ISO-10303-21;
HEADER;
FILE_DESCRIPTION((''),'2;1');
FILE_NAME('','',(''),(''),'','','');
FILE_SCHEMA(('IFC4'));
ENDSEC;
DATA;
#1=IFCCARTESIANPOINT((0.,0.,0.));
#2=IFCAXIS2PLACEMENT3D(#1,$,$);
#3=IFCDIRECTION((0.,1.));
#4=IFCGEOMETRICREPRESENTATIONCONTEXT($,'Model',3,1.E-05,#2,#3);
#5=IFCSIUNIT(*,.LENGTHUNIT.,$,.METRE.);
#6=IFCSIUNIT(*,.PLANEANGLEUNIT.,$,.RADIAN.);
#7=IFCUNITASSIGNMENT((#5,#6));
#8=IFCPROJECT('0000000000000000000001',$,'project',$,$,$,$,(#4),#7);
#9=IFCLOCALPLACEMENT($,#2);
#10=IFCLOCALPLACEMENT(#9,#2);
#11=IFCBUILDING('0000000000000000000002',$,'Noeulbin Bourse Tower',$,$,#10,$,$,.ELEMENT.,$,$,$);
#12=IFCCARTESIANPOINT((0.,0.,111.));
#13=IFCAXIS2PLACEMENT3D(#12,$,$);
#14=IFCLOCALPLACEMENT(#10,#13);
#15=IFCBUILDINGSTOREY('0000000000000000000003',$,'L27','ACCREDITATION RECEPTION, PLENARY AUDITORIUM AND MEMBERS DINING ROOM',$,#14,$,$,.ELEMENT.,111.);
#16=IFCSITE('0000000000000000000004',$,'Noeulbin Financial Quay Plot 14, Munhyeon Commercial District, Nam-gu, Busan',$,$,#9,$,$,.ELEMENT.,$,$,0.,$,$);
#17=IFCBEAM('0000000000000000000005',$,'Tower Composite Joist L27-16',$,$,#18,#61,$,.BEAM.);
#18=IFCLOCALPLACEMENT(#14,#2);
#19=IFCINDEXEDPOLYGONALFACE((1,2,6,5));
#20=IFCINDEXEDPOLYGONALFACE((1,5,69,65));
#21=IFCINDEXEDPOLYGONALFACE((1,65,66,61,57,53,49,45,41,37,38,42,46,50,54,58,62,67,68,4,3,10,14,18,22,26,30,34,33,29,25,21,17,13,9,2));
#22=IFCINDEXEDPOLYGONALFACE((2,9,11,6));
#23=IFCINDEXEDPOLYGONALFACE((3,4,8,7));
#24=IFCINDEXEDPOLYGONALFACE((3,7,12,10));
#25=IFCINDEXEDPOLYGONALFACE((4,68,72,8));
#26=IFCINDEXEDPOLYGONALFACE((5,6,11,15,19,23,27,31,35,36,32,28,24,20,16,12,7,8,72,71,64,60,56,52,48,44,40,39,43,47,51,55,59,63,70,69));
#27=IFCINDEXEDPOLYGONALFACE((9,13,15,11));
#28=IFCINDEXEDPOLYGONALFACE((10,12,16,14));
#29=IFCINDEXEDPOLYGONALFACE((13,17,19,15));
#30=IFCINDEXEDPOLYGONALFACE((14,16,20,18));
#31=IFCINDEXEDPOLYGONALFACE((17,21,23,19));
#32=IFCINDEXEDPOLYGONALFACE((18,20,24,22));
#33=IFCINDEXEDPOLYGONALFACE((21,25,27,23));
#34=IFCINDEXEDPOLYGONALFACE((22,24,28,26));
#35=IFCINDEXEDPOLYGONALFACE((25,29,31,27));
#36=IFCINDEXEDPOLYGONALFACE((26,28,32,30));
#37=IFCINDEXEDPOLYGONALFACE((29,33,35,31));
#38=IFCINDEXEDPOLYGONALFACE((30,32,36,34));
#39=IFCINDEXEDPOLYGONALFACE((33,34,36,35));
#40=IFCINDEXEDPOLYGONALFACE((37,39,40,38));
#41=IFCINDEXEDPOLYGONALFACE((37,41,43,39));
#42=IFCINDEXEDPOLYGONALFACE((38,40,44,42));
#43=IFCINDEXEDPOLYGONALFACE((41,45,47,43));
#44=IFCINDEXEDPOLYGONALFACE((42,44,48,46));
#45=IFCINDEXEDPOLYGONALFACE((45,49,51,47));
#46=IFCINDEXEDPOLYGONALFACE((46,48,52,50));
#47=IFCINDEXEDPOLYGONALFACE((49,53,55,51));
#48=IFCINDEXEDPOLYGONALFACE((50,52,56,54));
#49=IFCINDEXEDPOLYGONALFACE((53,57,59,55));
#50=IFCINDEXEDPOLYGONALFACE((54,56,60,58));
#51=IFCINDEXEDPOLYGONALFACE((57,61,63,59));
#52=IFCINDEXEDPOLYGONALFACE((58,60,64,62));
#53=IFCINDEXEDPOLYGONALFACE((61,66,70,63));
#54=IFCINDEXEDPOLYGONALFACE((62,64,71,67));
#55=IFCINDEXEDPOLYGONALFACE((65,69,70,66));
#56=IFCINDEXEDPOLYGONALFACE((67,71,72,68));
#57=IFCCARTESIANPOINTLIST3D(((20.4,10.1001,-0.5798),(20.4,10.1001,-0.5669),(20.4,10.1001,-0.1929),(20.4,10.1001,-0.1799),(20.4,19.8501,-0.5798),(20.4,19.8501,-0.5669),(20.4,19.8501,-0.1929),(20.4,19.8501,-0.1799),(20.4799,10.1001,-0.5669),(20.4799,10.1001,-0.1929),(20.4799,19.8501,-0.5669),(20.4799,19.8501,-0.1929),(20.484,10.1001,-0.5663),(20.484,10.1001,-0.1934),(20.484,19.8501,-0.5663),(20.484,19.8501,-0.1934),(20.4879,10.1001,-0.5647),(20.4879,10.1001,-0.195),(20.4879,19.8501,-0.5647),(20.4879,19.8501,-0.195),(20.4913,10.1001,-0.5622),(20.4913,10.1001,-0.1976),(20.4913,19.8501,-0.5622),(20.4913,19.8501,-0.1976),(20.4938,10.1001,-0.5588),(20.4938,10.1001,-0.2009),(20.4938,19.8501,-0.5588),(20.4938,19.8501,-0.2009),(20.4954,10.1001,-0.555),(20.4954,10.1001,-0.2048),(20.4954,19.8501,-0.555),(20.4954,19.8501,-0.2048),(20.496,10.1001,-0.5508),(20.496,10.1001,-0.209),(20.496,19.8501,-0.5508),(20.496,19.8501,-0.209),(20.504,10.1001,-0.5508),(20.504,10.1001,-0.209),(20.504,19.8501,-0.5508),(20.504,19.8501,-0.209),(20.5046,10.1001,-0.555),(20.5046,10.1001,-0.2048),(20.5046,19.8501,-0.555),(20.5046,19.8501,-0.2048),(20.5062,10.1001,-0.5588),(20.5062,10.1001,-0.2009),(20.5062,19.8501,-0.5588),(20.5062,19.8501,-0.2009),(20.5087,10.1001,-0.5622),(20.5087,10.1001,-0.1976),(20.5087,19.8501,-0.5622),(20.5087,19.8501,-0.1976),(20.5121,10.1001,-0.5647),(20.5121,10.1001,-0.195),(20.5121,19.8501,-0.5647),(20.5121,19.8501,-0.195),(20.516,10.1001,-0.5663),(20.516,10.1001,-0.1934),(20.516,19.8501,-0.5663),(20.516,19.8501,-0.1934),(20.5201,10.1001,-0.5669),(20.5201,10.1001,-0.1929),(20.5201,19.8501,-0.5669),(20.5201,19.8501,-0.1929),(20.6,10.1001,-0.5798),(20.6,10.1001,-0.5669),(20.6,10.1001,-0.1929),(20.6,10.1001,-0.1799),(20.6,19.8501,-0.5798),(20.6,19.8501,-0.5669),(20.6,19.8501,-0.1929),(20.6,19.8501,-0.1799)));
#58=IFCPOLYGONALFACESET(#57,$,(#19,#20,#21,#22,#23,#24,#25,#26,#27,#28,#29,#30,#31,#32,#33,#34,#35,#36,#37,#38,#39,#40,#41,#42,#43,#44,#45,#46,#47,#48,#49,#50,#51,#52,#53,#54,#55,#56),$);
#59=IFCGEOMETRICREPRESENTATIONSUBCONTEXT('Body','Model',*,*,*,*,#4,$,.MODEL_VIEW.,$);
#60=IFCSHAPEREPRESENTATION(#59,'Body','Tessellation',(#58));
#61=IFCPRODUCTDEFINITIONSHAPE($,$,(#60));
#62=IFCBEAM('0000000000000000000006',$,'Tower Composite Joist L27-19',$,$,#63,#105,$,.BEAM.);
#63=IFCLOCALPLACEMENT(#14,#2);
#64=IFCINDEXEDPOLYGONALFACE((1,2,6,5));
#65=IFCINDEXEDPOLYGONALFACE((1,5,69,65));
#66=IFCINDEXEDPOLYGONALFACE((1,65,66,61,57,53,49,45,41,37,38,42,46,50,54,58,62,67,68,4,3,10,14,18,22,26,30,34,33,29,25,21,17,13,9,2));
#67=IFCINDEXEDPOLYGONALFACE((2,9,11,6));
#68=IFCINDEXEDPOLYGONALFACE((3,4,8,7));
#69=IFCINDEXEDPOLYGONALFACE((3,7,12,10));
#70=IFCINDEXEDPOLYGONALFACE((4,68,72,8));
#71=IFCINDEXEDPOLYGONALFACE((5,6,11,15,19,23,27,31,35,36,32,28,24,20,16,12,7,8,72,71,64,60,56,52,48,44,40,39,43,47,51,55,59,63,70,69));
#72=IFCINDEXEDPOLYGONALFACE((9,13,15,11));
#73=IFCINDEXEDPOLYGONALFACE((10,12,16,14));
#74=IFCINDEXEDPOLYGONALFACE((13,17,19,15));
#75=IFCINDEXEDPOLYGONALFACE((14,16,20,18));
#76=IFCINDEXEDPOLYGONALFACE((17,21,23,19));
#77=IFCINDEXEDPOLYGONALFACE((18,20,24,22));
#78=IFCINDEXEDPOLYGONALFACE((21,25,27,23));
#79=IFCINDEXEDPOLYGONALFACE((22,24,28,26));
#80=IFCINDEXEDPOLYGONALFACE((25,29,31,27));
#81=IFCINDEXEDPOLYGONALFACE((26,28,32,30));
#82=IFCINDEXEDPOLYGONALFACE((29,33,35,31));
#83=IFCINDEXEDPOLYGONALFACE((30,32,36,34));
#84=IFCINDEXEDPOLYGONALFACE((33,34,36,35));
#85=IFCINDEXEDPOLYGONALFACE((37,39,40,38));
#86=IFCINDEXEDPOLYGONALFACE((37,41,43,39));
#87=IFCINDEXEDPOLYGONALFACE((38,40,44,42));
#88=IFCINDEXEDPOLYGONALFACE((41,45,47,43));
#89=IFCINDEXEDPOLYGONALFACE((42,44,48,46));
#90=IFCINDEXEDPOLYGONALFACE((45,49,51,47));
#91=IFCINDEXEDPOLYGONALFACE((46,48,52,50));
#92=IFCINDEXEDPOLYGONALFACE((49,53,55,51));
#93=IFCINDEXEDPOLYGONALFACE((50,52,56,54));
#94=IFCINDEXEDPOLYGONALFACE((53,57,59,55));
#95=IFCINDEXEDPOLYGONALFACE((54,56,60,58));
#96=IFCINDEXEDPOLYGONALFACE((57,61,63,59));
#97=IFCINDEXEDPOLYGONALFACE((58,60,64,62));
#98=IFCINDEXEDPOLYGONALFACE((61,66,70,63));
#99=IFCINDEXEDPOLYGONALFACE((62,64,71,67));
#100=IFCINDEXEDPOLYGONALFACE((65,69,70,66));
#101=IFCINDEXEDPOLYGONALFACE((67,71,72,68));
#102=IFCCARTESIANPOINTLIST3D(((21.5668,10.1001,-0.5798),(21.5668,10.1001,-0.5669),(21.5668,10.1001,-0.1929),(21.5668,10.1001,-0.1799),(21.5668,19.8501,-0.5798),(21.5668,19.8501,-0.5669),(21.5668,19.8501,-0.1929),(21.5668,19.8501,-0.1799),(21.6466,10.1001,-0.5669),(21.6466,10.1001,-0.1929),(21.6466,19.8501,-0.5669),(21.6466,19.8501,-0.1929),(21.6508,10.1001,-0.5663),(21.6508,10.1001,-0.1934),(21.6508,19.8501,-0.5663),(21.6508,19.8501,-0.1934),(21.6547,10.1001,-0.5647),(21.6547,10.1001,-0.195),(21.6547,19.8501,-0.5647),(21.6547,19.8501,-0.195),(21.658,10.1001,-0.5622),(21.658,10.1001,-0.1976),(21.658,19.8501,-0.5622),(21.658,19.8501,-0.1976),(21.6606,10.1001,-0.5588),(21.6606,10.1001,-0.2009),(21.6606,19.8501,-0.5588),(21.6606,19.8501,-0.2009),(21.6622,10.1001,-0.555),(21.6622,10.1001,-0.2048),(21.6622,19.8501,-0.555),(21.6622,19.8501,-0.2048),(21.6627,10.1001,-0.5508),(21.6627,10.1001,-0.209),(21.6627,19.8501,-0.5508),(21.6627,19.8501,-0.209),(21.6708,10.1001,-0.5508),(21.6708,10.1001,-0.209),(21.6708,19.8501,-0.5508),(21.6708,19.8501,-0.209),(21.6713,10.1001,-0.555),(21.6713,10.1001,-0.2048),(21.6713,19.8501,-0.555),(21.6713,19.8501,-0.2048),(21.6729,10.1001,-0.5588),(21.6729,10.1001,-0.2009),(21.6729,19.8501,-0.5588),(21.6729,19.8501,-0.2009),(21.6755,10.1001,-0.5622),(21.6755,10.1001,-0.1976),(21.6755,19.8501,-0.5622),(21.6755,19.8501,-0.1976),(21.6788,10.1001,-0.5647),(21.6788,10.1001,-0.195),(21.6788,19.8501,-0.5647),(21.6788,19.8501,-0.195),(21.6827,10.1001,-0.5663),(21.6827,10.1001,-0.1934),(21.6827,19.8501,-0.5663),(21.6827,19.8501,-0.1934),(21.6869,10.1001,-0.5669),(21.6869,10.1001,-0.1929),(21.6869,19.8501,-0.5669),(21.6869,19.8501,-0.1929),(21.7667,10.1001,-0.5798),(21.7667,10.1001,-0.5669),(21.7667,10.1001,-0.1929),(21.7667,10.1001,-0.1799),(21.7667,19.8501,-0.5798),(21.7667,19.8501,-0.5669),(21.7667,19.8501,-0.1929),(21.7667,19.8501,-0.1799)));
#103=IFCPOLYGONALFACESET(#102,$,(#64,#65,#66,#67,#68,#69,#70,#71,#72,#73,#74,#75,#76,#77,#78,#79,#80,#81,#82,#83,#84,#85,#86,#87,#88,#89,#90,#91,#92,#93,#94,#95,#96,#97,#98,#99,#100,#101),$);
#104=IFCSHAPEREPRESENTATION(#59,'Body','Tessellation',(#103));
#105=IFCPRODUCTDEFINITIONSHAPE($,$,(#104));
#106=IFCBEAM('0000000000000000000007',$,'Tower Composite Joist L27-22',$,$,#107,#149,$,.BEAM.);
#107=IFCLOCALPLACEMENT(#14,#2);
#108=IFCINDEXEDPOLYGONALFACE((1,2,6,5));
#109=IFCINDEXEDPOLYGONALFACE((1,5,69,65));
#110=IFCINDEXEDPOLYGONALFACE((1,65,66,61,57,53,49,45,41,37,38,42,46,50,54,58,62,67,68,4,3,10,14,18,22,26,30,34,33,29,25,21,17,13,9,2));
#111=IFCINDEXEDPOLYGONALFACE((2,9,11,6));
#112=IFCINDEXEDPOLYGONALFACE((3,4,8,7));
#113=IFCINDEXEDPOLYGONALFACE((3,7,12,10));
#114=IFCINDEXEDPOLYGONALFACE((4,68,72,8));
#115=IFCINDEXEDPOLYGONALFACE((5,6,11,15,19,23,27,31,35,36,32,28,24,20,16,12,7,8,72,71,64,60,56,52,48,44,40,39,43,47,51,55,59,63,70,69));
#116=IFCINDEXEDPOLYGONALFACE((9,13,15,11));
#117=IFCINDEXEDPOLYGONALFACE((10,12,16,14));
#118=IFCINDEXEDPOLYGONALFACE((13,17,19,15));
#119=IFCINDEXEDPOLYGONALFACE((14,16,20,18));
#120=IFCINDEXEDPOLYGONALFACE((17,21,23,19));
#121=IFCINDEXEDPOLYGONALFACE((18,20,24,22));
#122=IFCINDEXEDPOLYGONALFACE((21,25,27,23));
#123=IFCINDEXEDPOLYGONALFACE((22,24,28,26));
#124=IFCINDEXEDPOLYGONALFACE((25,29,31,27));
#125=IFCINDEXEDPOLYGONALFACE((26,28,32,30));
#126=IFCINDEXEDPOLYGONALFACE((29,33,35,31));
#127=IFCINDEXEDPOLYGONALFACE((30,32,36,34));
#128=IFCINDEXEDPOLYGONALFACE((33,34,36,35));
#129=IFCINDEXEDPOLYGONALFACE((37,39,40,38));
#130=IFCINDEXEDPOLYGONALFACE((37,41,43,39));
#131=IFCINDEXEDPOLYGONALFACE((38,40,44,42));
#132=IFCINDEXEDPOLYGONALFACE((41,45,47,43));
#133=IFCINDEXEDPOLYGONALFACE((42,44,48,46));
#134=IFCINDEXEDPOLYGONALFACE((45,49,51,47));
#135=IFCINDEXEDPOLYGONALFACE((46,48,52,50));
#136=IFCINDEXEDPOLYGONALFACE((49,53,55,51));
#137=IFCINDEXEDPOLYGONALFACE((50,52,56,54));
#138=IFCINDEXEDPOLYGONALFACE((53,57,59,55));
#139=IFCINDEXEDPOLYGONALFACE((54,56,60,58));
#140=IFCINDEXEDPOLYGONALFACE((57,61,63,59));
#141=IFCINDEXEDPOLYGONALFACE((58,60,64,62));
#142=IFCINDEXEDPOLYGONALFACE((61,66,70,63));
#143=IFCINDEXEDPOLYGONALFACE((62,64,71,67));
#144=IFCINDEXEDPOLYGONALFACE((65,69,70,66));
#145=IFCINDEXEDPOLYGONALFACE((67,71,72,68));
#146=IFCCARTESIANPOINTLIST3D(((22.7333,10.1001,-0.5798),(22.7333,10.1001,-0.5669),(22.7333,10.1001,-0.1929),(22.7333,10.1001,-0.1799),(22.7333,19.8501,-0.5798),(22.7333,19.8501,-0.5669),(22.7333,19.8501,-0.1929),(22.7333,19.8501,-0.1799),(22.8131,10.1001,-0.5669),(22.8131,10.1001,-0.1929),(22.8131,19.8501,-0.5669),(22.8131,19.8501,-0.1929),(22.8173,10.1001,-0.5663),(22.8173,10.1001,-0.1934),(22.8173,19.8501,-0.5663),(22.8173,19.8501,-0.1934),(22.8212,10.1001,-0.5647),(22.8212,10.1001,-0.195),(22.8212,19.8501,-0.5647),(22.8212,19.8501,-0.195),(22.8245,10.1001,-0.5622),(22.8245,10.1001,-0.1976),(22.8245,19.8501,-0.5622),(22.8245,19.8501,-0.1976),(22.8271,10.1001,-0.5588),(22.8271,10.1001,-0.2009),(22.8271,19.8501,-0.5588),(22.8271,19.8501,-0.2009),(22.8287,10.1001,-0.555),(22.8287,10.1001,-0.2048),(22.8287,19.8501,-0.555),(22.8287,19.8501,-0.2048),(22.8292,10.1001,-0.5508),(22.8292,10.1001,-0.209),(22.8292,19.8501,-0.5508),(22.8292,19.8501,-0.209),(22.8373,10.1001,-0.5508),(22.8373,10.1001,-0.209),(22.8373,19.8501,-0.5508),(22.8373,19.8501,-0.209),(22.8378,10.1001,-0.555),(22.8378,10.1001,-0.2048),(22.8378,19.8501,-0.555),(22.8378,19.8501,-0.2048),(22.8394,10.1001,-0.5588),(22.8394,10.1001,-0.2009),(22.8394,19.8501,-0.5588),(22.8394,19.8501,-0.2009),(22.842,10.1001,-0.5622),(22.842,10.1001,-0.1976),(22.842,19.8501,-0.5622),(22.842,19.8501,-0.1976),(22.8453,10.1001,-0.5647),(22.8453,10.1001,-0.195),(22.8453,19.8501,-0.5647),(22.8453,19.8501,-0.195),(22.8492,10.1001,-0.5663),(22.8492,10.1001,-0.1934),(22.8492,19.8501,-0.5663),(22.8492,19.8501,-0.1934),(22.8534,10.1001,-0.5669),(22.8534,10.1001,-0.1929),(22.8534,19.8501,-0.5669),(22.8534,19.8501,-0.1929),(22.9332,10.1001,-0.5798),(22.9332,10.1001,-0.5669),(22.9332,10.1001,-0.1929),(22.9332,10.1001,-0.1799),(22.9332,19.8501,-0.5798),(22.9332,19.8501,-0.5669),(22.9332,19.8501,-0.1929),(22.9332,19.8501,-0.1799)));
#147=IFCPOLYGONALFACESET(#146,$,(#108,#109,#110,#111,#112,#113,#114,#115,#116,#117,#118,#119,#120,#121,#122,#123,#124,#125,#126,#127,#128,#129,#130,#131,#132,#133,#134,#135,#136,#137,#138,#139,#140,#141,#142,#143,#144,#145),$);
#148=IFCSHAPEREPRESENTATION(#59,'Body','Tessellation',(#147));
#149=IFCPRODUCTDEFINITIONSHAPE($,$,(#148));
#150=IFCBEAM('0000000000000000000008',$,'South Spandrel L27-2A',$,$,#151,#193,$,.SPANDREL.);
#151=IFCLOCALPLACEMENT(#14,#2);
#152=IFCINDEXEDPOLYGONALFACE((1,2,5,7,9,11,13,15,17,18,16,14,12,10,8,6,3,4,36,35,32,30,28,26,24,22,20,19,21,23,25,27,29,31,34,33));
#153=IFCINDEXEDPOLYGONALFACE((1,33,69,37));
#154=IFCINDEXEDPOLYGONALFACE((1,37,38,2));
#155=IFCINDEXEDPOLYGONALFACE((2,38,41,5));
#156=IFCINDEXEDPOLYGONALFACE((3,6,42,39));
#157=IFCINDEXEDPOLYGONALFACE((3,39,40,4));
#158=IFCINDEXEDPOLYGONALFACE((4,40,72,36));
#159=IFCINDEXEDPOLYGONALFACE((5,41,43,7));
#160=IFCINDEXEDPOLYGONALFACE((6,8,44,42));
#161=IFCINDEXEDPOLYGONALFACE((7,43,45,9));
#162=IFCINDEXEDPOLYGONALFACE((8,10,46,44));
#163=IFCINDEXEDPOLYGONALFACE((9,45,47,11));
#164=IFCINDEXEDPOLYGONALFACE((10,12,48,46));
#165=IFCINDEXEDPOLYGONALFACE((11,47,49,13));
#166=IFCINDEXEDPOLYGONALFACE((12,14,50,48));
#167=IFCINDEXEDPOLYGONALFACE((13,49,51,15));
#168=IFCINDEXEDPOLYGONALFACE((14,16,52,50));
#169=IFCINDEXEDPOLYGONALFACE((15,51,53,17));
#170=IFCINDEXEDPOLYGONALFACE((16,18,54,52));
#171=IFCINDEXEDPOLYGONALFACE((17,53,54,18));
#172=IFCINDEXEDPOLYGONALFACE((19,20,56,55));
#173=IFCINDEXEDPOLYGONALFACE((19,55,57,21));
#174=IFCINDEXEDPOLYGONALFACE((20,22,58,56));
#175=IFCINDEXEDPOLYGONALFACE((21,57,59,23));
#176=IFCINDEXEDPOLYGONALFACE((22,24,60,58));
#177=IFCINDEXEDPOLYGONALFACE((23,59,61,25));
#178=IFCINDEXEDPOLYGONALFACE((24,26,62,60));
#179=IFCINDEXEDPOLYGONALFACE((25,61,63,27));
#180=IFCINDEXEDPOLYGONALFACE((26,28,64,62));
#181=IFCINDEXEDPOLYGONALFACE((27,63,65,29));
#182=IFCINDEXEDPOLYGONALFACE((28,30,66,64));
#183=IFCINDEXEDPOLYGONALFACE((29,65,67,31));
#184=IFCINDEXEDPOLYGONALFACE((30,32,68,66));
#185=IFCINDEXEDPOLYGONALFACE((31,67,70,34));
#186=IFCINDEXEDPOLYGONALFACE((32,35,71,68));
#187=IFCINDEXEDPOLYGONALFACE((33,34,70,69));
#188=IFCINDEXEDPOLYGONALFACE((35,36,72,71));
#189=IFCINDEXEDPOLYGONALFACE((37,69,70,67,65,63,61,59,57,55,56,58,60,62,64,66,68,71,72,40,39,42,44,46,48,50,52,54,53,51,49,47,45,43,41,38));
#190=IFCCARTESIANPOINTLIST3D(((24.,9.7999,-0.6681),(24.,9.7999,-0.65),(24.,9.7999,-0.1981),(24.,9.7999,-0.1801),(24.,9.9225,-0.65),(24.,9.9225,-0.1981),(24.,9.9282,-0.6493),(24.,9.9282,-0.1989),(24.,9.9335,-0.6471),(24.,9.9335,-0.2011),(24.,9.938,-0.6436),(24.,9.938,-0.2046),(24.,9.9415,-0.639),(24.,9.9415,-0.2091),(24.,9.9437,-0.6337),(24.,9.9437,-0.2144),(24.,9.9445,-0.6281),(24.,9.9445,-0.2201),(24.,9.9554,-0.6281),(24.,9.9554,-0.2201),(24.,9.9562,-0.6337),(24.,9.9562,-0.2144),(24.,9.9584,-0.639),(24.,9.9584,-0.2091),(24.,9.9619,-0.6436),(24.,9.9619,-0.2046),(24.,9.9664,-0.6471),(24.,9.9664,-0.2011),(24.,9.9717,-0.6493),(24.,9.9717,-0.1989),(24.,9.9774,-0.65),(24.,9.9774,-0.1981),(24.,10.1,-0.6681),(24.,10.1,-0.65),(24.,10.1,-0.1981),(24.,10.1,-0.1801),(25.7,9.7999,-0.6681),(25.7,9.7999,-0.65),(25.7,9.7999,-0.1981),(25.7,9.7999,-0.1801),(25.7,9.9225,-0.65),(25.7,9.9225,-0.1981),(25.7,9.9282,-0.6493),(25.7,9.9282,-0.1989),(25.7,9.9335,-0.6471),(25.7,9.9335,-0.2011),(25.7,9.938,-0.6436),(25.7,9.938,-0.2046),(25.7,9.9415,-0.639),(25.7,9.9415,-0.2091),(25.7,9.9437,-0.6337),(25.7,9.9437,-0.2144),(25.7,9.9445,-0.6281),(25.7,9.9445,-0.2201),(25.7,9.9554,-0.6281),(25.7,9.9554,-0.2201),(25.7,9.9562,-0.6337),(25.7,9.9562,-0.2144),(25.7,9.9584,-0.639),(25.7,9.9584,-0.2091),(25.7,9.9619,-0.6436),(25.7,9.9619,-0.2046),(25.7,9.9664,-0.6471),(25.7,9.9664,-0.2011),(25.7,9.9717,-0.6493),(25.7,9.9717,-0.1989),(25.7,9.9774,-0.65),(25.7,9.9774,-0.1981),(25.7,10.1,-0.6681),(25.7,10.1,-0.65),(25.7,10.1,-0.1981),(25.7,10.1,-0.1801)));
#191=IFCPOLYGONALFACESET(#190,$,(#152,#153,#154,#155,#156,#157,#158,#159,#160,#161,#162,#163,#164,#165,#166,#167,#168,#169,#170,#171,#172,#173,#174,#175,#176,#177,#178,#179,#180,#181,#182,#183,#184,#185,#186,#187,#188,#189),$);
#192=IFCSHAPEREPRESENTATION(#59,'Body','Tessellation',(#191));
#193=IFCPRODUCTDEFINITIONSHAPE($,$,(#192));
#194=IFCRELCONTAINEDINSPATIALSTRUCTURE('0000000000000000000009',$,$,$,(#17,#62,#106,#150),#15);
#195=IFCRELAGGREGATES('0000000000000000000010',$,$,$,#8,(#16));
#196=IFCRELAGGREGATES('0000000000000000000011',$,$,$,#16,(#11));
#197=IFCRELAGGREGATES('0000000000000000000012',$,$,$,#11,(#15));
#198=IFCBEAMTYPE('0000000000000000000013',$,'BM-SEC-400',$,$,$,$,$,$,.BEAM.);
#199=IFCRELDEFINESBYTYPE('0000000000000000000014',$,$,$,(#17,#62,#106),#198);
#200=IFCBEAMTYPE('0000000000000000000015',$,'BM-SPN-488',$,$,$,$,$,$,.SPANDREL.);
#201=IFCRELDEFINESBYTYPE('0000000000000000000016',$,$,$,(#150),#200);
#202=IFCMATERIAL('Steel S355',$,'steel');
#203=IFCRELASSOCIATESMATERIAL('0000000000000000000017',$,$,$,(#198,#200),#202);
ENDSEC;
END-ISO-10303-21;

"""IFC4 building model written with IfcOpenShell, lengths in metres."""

from ifc_helpers import new_model, si_unit, direction, frame, origin, origin_2d, place, context, subcontext, project, spatial, i_section, extrude, material, material_profile, profile_set, type_object, element, save


model = new_model("IFC4")

# Units and contexts
model_context = context("Model", 3, precision=1e-05, world=origin(), true_north=direction((0.0, 1.0)))
body_context = subcontext(model_context, "Body", "Model", "MODEL_VIEW")
ifc_project = project(units=[si_unit("LENGTHUNIT", "METRE"), si_unit("PLANEANGLEUNIT", "RADIAN")], contexts=[model_context])

# Site, building, storey
site_placement = place(None, origin())
site = spatial("IfcSite", under=ifc_project, at=site_placement, Name="Noeulbin Financial Quay Plot 14, Munhyeon Commercial District, Nam-gu, Busan", CompositionType="ELEMENT", RefElevation=0.0)
building_placement = place(site_placement, origin())
building = spatial("IfcBuilding", under=site, at=building_placement, Name="Noeulbin Bourse Tower", CompositionType="ELEMENT")
storey_placement = place(building_placement, frame((0.0, 0.0, 111.0)))
storey = spatial("IfcBuildingStorey", under=building, at=storey_placement, Name="L27", Description="ACCREDITATION RECEPTION, PLENARY AUDITORIUM AND MEMBERS DINING ROOM", CompositionType="ELEMENT", Elevation=111.0)

# Shared definitions
ifc_material_1 = material(Name="Steel S355", Category="steel")

# Beams
ifc_material_profile_1 = material_profile(ifc_material_1, i_section(OverallWidth=0.2, OverallDepth=0.3999, WebThickness=0.0081, FlangeThickness=0.0129, FilletRadius=0.0161, at=origin_2d()), Name="H-400x200x8x13", Category="LoadBearing")
ifc_profile_set_1 = profile_set([ifc_material_profile_1], Name="Steel S355")
beam_type_1 = type_object("IfcBeamType", Name="BM-SEC-400", PredefinedType="BEAM", material=ifc_profile_set_1)
for number, where, z_axis, x_axis, name in (
    (1, (20.5, 10.1001, -0.3799), (0.0, 1.0, 0.0), (-1.0, 0.0, 0.0), "Tower Composite Joist L27-16"),
    (2, (21.6667, 10.1001, -0.3799), (0.0, 1.0, 0.0), (-1.0, 0.0, 0.0), "Tower Composite Joist L27-19"),
    (3, (22.8333, 10.1001, -0.3799), (0.0, 1.0, 0.0), (-1.0, 0.0, 0.0), "Tower Composite Joist L27-22"),
):
    element("IfcBeam", number, at=place(storey_placement, frame(where, z_axis=z_axis, x_axis=x_axis)), inside=storey, type_object=beam_type_1, Name=name, PredefinedType="BEAM", context=body_context, shape_type="SweptSolid", body=[
        extrude(i_section(OverallWidth=0.2, OverallDepth=0.3999, WebThickness=0.0081, FlangeThickness=0.0129, FilletRadius=0.0161, at=origin_2d()), origin(), (0.0, 0.0, 1.0), 9.75),
    ])
ifc_material_profile_2 = material_profile(ifc_material_1, i_section(OverallWidth=0.3, OverallDepth=0.488, WebThickness=0.011, FlangeThickness=0.0181, FilletRadius=0.022, at=origin_2d()), Name="H-488x300x11x18", Category="LoadBearing")
ifc_profile_set_2 = profile_set([ifc_material_profile_2], Name="Steel S355")
beam_type_2 = type_object("IfcBeamType", Name="BM-SPN-488", PredefinedType="SPANDREL", material=ifc_profile_set_2)
beam_1_placement = place(storey_placement, frame((24.0, 9.95, -0.4241), z_axis=(1.0, 0.0, 0.0), x_axis=(0.0, 1.0, 0.0)))
element("IfcBeam", 4, at=beam_1_placement, inside=storey, type_object=beam_type_2, Name="South Spandrel L27-2A", PredefinedType="SPANDREL", context=body_context, shape_type="SweptSolid", body=[
    extrude(i_section(OverallWidth=0.3, OverallDepth=0.488, WebThickness=0.011, FlangeThickness=0.0181, FilletRadius=0.022, at=origin_2d()), origin(), (0.0, 0.0, 1.0), 1.7),
])

save(model, "model.ifc")
